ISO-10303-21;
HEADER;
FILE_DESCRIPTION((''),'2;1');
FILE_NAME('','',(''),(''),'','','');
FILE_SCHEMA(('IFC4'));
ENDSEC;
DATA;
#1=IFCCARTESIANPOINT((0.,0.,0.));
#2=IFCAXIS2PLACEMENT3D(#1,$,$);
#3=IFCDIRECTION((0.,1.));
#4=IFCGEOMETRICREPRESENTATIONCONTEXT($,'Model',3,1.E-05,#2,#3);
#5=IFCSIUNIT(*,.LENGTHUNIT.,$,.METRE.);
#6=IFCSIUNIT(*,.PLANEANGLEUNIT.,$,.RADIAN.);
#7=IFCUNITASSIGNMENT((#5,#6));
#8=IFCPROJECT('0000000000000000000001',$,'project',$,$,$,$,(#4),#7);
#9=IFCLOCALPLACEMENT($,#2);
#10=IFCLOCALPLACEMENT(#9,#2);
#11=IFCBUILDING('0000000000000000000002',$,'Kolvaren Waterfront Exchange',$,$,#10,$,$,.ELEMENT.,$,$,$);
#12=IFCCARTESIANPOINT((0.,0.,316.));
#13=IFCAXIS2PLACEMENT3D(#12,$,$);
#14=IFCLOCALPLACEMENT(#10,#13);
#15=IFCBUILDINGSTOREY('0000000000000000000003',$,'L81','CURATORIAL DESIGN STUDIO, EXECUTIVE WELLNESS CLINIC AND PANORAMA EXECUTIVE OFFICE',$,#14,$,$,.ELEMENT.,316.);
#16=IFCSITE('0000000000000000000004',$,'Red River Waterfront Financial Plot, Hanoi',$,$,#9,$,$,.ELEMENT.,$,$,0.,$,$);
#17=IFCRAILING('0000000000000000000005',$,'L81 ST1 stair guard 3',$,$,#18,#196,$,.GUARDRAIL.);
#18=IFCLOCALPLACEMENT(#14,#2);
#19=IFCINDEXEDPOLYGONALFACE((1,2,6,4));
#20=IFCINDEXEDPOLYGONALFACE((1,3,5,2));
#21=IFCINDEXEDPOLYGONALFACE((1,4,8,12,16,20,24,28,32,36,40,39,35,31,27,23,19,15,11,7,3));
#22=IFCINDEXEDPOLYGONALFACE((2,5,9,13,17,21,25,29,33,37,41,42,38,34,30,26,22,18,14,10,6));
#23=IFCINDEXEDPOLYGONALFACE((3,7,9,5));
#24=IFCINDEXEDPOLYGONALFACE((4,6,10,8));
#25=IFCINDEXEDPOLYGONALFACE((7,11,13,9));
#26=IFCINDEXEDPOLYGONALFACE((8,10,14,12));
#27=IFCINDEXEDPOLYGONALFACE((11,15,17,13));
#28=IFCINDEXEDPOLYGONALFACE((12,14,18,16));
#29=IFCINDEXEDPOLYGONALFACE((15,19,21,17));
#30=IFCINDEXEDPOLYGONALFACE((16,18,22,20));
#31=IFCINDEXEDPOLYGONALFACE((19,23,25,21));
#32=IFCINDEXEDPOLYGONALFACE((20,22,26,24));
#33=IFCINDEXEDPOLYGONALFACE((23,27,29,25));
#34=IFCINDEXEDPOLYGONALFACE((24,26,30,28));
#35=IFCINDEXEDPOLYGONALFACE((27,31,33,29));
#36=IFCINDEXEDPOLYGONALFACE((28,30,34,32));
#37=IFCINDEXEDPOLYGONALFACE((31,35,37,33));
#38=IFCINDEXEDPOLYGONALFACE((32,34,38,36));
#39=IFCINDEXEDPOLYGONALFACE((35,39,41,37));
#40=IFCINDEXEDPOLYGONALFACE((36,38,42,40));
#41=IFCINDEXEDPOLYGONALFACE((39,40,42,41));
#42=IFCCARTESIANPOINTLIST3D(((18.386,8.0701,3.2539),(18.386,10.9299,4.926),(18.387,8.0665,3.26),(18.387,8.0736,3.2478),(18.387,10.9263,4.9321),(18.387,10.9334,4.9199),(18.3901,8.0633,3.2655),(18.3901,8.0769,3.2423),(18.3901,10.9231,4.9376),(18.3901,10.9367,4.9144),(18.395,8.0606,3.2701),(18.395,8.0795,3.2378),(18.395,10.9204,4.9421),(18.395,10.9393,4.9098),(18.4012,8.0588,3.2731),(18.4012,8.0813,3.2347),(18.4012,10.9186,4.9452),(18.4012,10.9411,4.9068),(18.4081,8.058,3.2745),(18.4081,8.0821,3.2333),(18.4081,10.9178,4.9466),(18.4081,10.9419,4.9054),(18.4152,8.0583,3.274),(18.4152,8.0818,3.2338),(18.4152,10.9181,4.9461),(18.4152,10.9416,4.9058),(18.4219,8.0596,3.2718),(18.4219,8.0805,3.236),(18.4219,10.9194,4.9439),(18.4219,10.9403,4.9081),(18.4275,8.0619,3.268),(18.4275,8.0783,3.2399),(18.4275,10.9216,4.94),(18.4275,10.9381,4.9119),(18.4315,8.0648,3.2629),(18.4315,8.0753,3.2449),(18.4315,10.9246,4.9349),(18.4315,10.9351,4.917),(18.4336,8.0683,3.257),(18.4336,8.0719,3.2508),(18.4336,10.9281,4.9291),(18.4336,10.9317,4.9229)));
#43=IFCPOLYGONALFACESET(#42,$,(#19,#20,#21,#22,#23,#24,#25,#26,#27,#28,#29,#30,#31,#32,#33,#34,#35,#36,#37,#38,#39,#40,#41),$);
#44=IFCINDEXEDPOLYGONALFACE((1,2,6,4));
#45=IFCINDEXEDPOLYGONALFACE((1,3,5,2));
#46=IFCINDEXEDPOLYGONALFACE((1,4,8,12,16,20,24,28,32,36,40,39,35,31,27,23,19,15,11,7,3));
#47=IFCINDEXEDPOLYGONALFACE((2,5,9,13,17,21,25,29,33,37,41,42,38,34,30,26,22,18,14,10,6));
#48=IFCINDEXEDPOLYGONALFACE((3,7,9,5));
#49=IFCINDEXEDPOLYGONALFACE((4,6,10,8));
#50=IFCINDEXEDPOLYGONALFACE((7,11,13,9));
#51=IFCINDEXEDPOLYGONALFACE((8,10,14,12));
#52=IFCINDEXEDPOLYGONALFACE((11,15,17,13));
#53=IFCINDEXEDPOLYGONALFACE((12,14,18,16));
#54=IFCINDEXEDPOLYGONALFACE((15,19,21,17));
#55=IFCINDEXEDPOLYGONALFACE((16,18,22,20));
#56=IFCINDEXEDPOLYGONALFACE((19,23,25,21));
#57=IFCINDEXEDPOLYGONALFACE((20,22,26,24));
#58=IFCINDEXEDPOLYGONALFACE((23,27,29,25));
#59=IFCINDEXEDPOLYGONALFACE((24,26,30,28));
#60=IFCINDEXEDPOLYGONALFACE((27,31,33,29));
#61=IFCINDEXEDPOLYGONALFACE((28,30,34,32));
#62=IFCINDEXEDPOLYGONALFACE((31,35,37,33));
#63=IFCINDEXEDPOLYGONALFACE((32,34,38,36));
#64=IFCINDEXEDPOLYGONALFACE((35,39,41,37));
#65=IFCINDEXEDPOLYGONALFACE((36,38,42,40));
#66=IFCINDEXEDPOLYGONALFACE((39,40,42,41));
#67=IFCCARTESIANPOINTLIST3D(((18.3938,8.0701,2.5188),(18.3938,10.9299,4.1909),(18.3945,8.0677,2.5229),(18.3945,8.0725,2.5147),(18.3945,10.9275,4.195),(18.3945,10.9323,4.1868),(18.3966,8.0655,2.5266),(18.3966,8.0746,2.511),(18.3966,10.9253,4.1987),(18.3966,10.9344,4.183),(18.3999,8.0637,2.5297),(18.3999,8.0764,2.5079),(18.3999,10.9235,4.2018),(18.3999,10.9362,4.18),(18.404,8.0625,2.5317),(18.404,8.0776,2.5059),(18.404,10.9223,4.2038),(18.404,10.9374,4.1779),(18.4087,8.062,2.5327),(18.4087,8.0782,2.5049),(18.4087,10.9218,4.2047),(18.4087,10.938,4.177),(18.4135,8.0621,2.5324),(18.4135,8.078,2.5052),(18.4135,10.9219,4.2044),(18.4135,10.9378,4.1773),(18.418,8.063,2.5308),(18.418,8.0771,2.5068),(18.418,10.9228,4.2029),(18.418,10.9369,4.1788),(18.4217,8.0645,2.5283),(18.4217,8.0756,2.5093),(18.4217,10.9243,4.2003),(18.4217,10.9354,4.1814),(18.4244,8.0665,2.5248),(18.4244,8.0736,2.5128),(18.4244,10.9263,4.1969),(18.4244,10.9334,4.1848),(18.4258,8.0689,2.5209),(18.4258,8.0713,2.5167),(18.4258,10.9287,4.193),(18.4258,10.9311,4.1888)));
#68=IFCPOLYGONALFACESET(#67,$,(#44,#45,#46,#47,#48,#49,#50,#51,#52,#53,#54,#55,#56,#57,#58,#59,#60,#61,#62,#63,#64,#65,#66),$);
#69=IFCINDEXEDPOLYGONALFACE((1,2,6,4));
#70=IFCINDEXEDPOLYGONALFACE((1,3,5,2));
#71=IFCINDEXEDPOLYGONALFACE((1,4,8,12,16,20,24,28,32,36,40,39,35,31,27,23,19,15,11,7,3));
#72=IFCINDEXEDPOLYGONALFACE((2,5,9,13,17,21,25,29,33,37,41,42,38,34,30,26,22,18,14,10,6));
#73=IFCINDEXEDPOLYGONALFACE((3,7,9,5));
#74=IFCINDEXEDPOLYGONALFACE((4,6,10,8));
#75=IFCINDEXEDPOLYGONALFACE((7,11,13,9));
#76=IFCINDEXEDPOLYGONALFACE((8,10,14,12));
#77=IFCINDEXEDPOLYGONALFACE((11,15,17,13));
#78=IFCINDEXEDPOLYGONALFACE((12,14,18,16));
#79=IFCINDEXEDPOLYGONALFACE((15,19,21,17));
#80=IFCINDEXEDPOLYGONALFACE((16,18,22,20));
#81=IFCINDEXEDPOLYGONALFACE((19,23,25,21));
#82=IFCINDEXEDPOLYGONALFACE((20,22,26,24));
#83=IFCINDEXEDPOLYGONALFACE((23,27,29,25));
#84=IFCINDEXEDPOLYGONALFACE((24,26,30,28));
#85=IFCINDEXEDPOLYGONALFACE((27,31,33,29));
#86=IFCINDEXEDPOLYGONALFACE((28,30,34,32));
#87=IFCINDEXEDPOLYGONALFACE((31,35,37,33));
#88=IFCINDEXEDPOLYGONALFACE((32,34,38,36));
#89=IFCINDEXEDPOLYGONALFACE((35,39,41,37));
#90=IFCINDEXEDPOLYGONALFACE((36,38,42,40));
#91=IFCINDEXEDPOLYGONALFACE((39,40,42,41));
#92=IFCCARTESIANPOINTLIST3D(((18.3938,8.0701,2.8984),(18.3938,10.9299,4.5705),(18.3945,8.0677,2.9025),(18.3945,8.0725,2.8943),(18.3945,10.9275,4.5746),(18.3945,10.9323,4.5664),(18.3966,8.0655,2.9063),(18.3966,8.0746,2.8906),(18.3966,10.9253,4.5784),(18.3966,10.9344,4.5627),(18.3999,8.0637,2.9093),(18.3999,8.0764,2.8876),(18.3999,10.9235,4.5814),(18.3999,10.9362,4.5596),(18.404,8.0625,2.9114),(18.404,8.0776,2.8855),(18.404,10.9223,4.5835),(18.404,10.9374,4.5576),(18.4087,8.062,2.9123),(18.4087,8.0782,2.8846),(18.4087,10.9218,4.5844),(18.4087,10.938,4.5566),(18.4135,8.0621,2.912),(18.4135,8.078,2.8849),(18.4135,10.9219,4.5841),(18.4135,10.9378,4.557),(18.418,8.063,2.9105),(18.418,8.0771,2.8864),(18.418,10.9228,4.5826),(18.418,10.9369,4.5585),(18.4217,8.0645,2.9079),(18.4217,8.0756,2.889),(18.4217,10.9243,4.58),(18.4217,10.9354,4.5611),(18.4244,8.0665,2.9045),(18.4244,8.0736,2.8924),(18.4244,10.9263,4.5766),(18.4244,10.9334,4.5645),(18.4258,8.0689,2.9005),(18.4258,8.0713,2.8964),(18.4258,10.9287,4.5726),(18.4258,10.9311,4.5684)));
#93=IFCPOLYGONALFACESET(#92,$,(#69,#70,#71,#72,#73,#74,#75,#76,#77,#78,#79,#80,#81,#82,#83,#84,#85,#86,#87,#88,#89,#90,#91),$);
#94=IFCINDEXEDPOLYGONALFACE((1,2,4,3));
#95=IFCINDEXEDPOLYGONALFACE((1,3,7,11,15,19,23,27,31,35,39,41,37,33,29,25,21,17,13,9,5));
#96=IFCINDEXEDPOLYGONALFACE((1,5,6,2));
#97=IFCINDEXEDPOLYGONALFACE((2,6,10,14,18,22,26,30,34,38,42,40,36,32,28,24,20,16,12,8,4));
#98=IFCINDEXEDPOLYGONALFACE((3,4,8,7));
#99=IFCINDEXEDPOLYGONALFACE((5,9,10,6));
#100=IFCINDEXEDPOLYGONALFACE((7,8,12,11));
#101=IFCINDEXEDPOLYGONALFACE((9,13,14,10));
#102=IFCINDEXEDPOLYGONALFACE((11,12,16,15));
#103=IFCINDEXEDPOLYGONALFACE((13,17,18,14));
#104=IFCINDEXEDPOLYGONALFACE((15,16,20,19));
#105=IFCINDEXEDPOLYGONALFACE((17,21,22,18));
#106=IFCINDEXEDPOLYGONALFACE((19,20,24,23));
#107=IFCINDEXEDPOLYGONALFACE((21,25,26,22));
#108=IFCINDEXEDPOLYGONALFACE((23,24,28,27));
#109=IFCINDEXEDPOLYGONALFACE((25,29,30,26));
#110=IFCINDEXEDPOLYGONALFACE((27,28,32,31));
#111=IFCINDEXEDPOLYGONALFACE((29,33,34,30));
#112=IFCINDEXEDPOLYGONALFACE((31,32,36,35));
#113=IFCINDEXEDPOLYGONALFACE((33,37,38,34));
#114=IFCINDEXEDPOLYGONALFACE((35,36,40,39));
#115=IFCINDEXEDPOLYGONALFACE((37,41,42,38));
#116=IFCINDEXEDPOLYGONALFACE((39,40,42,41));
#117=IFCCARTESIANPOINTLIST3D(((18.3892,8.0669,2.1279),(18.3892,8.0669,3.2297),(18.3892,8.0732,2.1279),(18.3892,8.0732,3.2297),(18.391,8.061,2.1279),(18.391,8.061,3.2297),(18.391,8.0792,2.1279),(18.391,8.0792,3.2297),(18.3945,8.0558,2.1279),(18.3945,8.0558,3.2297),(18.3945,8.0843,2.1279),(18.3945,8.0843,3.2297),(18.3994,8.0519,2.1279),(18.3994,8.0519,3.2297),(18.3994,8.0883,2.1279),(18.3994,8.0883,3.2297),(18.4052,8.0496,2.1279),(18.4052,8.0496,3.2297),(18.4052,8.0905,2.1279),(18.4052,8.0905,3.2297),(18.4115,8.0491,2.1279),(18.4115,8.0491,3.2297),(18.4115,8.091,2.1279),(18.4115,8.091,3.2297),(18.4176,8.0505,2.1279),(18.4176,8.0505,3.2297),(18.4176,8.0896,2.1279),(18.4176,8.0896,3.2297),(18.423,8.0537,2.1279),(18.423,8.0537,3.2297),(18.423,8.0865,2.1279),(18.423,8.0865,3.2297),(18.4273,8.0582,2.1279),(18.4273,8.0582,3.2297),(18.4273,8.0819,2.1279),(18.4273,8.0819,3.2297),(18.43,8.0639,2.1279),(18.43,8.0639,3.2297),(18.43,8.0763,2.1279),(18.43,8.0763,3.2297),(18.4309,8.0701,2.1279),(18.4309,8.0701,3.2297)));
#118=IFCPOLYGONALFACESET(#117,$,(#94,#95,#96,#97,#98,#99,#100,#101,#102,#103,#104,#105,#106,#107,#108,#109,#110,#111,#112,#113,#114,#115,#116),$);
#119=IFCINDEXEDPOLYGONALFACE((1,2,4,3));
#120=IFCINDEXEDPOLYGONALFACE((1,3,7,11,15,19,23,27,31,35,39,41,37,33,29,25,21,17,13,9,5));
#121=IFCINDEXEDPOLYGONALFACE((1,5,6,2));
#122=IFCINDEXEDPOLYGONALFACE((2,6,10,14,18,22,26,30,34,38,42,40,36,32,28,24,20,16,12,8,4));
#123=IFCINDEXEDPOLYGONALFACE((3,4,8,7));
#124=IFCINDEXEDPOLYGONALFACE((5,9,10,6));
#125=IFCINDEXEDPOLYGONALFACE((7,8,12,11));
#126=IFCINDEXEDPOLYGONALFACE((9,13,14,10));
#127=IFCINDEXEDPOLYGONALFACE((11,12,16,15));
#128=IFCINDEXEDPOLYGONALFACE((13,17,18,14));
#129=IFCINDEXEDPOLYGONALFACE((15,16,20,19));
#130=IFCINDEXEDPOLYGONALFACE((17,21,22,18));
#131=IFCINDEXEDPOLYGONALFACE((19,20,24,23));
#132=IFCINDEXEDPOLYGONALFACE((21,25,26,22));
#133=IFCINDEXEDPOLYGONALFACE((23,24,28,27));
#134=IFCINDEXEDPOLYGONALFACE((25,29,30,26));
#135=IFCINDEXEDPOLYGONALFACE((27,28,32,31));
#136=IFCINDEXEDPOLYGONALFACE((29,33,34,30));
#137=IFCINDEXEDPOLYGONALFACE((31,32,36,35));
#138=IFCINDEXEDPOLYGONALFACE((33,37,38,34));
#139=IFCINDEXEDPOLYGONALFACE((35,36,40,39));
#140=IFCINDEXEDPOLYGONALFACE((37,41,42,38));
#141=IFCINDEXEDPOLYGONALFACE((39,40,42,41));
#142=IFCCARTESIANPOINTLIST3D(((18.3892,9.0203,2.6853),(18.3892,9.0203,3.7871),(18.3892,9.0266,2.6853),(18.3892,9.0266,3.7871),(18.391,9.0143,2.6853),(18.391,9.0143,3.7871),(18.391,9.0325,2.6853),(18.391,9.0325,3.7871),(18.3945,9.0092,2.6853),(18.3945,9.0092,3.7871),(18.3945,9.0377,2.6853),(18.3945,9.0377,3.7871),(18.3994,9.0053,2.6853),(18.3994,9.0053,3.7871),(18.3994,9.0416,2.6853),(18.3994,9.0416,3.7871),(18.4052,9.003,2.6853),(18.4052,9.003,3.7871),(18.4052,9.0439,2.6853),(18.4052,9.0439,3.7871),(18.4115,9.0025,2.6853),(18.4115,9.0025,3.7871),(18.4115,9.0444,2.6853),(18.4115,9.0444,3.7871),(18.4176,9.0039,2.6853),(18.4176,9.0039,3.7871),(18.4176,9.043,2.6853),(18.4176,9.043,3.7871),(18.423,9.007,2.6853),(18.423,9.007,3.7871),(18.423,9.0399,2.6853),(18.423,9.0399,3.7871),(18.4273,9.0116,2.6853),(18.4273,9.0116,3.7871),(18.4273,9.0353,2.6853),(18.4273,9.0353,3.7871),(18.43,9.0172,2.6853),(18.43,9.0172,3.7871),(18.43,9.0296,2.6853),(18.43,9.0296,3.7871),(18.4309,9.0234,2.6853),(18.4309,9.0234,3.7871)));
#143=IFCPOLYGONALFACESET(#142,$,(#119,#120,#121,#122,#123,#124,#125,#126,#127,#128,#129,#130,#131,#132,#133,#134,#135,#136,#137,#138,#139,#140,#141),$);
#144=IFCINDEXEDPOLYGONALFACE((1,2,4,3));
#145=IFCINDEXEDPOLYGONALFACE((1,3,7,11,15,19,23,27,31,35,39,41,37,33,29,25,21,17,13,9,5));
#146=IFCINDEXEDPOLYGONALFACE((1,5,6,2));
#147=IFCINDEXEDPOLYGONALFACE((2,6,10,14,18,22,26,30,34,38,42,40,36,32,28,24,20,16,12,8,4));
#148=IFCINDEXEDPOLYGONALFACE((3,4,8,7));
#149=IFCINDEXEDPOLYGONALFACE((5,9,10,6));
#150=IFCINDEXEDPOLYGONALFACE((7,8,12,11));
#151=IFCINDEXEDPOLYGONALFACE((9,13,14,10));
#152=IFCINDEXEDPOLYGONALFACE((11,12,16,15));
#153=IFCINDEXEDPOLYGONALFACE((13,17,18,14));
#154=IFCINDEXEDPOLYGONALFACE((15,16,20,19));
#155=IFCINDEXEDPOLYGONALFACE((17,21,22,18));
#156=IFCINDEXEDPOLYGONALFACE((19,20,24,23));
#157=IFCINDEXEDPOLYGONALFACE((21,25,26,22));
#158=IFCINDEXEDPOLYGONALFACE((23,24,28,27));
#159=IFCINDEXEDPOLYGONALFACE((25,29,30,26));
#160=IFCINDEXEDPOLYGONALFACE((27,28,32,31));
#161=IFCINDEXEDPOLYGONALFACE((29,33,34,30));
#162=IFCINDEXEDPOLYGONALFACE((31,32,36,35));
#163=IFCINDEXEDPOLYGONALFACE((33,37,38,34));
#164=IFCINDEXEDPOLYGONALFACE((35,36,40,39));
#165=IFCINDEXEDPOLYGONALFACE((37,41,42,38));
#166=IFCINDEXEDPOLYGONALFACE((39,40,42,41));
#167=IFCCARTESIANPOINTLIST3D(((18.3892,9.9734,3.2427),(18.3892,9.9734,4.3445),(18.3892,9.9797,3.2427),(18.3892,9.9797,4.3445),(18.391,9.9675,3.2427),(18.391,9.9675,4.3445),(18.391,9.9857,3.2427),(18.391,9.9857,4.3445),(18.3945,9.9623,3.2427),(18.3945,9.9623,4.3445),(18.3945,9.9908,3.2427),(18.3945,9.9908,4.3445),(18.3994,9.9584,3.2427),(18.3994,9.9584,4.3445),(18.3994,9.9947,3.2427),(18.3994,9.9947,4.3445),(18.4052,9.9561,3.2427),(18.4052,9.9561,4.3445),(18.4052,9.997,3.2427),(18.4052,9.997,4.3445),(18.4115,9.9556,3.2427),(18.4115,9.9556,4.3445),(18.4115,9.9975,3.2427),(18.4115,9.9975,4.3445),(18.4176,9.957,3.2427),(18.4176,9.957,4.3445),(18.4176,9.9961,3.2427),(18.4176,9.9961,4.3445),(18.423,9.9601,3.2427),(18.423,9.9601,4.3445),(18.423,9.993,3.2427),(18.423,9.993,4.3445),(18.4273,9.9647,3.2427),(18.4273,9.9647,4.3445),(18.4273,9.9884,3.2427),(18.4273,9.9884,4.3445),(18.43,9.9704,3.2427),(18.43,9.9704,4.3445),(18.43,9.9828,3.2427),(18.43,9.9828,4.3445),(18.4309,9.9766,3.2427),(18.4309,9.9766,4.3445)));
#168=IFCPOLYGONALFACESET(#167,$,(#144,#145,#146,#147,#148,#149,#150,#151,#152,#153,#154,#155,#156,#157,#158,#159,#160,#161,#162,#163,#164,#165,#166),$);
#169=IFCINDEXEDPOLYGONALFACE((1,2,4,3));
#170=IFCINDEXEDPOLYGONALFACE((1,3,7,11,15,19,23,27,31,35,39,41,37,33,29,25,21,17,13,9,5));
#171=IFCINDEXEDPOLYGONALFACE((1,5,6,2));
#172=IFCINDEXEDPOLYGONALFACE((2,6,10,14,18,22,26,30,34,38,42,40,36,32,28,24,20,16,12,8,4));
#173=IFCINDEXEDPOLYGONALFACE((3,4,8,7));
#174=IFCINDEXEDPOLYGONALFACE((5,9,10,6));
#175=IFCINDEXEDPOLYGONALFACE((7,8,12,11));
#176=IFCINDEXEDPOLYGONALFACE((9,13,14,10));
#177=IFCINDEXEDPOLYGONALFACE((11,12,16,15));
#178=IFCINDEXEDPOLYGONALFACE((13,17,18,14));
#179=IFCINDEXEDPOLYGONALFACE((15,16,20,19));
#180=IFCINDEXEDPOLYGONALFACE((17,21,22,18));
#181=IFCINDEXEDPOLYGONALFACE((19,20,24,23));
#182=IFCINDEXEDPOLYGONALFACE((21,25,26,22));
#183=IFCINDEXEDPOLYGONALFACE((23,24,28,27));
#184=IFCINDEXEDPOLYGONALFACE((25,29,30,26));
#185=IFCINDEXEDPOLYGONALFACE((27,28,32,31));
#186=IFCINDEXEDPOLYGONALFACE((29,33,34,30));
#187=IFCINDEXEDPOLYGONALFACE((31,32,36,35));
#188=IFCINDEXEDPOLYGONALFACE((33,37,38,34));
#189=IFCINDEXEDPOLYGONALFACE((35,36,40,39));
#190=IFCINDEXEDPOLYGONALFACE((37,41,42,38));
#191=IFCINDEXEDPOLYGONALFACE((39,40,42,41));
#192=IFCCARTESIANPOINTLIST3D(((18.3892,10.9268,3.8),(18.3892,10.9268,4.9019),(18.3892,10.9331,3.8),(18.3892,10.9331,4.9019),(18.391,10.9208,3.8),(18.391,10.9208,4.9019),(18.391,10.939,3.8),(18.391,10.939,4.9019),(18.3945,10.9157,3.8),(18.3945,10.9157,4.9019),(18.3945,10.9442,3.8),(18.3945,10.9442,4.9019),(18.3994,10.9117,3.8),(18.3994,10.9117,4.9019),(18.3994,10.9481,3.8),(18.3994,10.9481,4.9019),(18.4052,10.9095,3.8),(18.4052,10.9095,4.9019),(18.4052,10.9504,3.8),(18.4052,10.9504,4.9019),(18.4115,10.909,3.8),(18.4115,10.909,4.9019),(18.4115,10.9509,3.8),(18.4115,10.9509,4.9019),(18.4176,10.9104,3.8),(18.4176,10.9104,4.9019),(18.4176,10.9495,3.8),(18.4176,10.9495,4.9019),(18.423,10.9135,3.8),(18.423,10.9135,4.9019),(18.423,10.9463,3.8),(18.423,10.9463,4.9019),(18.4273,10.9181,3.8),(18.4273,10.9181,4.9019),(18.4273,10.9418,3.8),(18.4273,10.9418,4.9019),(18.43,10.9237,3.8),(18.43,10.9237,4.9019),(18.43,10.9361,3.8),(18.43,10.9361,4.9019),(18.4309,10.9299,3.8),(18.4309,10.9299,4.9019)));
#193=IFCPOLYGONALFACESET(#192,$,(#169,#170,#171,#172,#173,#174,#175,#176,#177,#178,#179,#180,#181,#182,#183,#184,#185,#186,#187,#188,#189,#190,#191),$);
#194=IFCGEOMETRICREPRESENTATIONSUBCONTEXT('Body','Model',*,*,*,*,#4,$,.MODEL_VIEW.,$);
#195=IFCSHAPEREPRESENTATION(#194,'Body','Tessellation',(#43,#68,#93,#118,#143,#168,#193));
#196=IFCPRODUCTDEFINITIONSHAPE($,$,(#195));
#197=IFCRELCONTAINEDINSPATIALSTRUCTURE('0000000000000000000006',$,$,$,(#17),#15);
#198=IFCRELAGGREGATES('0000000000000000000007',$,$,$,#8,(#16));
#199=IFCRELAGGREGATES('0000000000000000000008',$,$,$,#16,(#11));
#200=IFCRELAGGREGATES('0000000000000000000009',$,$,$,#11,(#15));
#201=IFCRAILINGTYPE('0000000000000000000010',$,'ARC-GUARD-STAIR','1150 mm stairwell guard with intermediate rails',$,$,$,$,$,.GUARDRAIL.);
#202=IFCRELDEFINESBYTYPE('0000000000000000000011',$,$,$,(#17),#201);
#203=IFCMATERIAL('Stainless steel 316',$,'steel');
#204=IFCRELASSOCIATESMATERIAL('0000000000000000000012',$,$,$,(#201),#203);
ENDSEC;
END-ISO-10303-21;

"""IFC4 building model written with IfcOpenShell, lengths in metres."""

from ifc_helpers import new_model, si_unit, direction, frame, origin, origin_2d, place, context, subcontext, project, spatial, circle, extrude, material, type_object, element, save


model = new_model("IFC4")

# Units and contexts
model_context = context("Model", 3, precision=1e-05, world=origin(), true_north=direction((0.0, 1.0)))
body_context = subcontext(model_context, "Body", "Model", "MODEL_VIEW")
ifc_project = project(units=[si_unit("LENGTHUNIT", "METRE"), si_unit("PLANEANGLEUNIT", "RADIAN")], contexts=[model_context])

# Site, building, storey
site_placement = place(None, origin())
site = spatial("IfcSite", under=ifc_project, at=site_placement, Name="Red River Waterfront Financial Plot, Hanoi", CompositionType="ELEMENT", RefElevation=0.0)
building_placement = place(site_placement, origin())
building = spatial("IfcBuilding", under=site, at=building_placement, Name="Kolvaren Waterfront Exchange", CompositionType="ELEMENT")
storey_placement = place(building_placement, frame((0.0, 0.0, 316.0)))
storey = spatial("IfcBuildingStorey", under=building, at=storey_placement, Name="L81", Description="CURATORIAL DESIGN STUDIO, EXECUTIVE WELLNESS CLINIC AND PANORAMA EXECUTIVE OFFICE", CompositionType="ELEMENT", Elevation=316.0)

# Railing
ifc_material_1 = material(Name="Stainless steel 316", Category="steel")
railing_type_1 = type_object("IfcRailingType", Name="ARC-GUARD-STAIR", Description="1150 mm stairwell guard with intermediate rails", PredefinedType="GUARDRAIL", material=ifc_material_1)
railing_1_placement = place(storey_placement, frame((18.4099, 8.0701, 2.1279)))
element("IfcRailing", 1, at=railing_1_placement, inside=storey, type_object=railing_type_1, Name="L81 ST1 stair guard 3", PredefinedType="GUARDRAIL", context=body_context, shape_type="SweptSolid", body=[
    extrude(circle(Radius=0.0239, at=origin_2d()), frame((0.0, 0.0, 1.126), z_axis=(0.0, 0.863271, 0.504741), x_axis=(-1.0, 0.0, 0.0)), (0.0, 0.0, 1.0), 3.3127),
    extrude(circle(Radius=0.0161, at=origin_2d()), frame((0.0, 0.0, 0.3909), z_axis=(0.0, 0.863271, 0.504741), x_axis=(-1.0, 0.0, 0.0)), (0.0, 0.0, 1.0), 3.3127),
    extrude(circle(Radius=0.0161, at=origin_2d()), frame((0.0, 0.0, 0.7705), z_axis=(0.0, 0.863271, 0.504741), x_axis=(-1.0, 0.0, 0.0)), (0.0, 0.0, 1.0), 3.3127),
    extrude(circle(Radius=0.021, at=origin_2d()), origin(), (0.0, 0.0, 1.0), 1.1018),
    extrude(circle(Radius=0.021, at=origin_2d()), frame((0.0, 0.9534, 0.5574)), (0.0, 0.0, 1.0), 1.1018),
    extrude(circle(Radius=0.021, at=origin_2d()), frame((0.0, 1.9065, 1.1147)), (0.0, 0.0, 1.0), 1.1018),
    extrude(circle(Radius=0.021, at=origin_2d()), frame((0.0, 2.8599, 1.6721)), (0.0, 0.0, 1.0), 1.1018),
])

save(model, "model.ifc")
